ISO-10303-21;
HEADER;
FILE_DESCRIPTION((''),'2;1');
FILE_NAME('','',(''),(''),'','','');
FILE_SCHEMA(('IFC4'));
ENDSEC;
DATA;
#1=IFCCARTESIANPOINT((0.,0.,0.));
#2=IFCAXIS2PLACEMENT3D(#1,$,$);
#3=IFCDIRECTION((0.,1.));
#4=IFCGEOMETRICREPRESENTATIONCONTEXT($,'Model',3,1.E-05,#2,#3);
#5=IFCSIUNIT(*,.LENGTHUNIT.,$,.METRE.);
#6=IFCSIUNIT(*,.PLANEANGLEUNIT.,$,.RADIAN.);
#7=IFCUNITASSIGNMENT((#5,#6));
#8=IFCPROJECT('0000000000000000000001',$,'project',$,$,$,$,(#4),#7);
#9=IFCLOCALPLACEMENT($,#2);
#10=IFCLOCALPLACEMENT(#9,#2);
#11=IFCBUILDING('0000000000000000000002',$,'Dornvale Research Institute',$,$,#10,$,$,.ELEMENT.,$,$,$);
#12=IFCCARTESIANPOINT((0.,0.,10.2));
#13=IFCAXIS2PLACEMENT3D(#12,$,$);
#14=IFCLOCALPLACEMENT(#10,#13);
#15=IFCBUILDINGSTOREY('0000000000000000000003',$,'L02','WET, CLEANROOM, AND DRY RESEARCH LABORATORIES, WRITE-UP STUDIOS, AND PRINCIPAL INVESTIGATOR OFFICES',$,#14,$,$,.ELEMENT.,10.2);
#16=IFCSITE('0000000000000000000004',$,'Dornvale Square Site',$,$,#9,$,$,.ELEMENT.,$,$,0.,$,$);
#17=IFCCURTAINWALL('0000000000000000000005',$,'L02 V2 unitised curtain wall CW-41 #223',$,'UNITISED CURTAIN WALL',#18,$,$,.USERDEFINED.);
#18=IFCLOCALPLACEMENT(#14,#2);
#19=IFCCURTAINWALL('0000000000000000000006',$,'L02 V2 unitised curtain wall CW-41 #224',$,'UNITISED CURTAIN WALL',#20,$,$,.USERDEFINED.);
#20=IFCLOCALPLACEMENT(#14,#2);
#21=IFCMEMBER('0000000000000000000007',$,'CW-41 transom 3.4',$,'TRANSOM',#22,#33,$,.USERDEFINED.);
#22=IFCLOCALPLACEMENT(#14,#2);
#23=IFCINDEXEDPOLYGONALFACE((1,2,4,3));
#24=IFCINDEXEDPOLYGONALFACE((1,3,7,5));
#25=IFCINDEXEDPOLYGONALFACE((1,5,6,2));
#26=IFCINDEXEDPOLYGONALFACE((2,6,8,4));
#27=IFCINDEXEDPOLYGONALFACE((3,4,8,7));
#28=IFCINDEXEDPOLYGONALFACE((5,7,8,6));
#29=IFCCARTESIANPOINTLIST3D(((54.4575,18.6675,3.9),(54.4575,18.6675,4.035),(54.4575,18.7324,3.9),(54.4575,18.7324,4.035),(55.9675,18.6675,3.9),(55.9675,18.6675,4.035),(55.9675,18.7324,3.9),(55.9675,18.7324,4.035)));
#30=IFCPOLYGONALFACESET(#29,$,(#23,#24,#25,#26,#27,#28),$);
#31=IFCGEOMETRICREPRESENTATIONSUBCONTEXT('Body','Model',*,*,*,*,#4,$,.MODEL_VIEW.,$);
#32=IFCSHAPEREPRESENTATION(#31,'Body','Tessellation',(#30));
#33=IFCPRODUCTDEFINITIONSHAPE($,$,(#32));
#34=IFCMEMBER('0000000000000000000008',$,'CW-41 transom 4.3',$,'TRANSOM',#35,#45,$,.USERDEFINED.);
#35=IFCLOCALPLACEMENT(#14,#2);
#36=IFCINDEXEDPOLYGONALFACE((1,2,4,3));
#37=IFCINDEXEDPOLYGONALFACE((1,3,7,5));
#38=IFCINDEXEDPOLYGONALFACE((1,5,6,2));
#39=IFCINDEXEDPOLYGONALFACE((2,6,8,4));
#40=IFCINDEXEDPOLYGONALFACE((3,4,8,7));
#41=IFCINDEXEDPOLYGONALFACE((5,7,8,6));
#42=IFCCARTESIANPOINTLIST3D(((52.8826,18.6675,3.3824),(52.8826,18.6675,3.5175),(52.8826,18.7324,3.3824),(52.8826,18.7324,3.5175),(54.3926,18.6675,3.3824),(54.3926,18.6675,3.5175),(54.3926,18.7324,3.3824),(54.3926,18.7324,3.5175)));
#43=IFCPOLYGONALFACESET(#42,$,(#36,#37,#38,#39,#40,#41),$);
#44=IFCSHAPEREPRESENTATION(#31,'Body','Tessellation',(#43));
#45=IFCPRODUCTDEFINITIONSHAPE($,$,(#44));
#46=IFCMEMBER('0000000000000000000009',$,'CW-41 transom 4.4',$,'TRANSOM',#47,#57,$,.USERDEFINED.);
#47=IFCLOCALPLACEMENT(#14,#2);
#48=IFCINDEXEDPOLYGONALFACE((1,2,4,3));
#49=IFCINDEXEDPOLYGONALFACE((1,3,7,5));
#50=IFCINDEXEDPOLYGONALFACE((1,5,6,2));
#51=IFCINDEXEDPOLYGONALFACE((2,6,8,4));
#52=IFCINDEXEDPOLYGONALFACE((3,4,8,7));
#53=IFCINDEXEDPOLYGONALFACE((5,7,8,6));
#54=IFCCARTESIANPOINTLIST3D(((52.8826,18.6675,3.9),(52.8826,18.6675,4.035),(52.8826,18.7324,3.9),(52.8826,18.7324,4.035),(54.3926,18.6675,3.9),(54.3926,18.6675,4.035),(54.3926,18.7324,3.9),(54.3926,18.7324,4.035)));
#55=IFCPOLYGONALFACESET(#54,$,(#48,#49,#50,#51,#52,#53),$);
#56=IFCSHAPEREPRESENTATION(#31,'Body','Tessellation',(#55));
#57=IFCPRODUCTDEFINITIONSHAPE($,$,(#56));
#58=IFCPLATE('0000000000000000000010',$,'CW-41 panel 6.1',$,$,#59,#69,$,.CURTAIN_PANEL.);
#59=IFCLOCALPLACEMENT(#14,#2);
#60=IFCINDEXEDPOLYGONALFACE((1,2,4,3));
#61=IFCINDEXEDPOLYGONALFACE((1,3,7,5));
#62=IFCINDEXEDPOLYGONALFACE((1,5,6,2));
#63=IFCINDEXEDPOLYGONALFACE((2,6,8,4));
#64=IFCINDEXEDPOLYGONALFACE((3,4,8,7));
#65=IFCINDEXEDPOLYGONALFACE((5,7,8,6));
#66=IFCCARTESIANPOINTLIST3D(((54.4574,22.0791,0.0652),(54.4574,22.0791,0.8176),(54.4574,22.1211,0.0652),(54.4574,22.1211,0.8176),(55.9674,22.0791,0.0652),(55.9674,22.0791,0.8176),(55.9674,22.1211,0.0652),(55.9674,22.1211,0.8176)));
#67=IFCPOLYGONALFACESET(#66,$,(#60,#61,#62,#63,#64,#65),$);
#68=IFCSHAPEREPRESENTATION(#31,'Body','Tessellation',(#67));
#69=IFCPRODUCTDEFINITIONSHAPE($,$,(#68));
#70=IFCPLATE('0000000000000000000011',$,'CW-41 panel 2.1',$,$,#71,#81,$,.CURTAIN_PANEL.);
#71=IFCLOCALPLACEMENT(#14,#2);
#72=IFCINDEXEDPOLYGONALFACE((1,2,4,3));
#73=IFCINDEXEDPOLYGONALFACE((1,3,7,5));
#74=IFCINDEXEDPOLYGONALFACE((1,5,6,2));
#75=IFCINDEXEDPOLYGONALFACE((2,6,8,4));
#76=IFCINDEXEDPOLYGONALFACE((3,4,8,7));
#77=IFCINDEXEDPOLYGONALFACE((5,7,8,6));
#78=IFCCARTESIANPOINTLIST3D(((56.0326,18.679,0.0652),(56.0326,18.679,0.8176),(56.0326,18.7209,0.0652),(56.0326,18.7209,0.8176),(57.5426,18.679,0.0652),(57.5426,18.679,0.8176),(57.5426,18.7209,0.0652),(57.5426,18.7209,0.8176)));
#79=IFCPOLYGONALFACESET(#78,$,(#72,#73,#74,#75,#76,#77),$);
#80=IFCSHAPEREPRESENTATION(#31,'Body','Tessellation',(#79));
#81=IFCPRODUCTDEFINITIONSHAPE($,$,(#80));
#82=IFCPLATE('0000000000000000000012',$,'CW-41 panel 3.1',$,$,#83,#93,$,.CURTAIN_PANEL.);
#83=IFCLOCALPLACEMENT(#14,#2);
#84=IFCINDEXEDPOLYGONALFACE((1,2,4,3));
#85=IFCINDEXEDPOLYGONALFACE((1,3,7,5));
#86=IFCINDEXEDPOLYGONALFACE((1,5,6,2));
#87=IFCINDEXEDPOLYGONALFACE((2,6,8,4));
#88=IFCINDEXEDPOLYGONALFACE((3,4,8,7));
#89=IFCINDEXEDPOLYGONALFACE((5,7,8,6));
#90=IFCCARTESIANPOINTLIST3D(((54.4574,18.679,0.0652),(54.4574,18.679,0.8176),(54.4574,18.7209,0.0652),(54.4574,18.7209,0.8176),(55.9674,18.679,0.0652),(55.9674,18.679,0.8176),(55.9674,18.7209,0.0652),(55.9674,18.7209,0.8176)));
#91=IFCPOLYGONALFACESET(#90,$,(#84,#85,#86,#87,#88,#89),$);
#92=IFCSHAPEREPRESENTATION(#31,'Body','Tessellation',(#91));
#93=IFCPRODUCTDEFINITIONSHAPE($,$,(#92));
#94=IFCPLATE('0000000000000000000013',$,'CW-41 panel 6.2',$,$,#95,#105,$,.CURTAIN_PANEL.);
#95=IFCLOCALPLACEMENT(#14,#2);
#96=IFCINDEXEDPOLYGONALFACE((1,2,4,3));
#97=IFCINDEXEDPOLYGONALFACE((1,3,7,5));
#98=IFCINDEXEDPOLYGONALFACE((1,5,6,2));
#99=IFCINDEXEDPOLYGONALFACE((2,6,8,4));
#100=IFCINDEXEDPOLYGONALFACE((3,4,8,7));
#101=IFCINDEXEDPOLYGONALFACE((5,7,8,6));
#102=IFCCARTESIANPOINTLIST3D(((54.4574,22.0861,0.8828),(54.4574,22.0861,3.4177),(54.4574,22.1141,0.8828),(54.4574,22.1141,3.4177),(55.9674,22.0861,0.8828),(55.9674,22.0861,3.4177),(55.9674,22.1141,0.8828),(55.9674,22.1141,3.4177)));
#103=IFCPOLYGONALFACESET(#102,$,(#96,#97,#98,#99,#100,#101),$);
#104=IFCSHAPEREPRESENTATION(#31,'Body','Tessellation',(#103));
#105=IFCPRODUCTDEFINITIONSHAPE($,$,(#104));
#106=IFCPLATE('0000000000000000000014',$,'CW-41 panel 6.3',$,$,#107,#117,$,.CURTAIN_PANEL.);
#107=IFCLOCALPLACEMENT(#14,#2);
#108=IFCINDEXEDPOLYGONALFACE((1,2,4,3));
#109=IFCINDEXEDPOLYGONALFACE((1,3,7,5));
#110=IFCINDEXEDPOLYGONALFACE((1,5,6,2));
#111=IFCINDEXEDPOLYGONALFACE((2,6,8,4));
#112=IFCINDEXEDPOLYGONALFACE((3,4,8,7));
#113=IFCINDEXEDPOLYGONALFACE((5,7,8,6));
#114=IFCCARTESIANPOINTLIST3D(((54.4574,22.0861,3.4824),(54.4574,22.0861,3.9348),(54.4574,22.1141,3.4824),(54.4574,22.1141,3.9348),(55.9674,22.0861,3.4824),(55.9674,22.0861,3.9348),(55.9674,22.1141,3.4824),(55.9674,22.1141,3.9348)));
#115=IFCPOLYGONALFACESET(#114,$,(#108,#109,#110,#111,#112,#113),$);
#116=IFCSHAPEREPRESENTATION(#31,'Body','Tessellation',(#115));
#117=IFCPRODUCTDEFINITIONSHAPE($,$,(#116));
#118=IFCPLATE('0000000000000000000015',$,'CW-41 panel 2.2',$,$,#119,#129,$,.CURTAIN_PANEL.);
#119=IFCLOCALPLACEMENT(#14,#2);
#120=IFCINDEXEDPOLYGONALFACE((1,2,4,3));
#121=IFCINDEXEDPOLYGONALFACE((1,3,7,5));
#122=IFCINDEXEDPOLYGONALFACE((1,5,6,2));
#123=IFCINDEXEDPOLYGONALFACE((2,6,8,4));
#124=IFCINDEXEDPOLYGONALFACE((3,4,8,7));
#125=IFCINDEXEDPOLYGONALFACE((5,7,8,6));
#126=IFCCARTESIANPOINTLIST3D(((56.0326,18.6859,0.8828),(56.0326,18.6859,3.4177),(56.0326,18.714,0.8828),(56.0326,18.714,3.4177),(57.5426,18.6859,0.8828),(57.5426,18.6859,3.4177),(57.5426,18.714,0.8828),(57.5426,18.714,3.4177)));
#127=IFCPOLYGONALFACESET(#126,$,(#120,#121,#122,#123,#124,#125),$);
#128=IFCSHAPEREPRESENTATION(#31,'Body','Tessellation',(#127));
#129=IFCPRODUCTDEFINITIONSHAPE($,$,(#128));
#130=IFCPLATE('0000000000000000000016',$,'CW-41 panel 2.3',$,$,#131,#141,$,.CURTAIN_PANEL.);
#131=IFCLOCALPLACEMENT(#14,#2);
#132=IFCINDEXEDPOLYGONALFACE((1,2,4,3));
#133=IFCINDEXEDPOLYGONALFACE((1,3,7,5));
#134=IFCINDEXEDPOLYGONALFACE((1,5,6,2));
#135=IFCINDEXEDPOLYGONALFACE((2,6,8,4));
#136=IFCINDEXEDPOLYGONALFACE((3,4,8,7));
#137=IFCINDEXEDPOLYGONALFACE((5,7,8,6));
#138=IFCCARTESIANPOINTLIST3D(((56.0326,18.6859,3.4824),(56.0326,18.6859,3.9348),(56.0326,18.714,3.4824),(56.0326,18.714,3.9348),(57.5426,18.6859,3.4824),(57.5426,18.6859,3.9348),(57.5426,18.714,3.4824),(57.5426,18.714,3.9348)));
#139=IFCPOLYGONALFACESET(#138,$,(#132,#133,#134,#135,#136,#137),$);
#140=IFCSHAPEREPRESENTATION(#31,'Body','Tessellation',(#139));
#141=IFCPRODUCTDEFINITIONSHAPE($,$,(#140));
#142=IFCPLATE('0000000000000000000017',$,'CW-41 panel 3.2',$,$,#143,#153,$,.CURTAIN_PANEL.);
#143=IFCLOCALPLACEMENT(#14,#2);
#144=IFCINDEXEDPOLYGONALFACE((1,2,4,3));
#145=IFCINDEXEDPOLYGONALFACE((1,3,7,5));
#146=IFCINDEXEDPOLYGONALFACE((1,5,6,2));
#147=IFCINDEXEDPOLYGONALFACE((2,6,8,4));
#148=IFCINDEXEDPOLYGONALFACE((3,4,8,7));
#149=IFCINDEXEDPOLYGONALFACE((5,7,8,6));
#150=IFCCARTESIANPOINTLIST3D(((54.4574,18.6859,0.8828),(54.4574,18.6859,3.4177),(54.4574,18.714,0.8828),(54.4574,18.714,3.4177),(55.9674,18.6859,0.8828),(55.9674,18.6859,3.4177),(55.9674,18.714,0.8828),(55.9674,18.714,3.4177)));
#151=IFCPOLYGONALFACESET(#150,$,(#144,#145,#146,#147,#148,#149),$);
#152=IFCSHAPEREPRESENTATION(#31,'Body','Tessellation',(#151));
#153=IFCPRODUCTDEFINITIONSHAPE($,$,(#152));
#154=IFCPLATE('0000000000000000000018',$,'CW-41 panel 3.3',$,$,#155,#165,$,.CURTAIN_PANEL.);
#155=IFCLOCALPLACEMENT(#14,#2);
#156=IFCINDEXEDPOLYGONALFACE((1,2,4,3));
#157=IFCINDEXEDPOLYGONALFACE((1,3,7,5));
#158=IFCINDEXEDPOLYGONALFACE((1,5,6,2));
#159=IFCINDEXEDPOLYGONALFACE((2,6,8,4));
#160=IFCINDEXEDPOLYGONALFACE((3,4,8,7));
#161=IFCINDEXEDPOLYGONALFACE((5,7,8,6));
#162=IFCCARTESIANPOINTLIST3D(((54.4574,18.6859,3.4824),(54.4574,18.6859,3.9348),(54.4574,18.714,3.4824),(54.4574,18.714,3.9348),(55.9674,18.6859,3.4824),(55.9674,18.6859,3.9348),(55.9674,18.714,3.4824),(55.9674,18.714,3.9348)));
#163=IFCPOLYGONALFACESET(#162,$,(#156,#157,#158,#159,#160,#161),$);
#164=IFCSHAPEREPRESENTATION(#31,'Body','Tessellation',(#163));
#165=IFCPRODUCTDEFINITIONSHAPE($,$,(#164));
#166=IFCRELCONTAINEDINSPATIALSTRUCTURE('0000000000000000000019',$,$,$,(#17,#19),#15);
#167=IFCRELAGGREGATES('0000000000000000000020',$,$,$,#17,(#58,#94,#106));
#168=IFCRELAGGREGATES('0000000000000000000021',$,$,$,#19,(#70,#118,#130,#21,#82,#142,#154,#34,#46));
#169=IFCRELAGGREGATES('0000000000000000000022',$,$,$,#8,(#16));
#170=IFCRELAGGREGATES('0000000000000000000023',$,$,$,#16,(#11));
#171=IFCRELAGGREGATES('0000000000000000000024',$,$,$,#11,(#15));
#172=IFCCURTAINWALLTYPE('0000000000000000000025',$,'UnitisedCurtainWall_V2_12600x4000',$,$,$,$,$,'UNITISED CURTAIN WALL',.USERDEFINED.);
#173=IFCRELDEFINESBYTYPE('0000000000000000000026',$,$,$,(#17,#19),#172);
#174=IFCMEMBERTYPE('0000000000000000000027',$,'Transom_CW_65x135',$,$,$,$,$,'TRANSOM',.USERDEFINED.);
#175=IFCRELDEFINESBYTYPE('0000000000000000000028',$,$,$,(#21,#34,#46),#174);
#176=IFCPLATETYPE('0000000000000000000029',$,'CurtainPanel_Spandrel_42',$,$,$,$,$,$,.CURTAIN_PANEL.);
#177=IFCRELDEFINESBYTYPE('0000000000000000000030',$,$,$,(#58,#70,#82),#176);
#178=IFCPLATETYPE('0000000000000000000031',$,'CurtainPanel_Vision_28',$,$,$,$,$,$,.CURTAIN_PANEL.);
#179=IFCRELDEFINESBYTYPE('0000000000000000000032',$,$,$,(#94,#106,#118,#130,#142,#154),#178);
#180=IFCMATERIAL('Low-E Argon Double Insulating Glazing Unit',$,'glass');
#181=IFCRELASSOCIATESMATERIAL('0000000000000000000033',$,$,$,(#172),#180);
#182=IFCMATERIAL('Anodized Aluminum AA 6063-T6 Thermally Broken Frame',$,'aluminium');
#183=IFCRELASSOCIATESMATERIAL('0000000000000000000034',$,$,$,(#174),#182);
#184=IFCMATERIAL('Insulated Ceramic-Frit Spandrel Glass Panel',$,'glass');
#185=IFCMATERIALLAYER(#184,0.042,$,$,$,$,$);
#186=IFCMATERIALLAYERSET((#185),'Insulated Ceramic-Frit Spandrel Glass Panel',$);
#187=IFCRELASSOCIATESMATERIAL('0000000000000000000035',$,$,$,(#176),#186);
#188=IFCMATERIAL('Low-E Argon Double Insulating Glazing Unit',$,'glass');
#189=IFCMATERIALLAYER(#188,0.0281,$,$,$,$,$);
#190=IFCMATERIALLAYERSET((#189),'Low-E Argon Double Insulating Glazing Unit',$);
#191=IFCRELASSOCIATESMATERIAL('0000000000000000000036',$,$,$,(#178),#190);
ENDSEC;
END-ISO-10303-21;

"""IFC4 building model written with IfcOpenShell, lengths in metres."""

from ifc_helpers import new_model, si_unit, direction, frame, origin, origin_2d, place, context, subcontext, project, spatial, rectangle, extrude, material, layer, layer_set, material_profile, profile_set, type_object, element, aggregate, save


model = new_model("IFC4")

# Units and contexts
model_context = context("Model", 3, precision=1e-05, world=origin(), true_north=direction((0.0, 1.0)))
body_context = subcontext(model_context, "Body", "Model", "MODEL_VIEW")
ifc_project = project(units=[si_unit("LENGTHUNIT", "METRE"), si_unit("PLANEANGLEUNIT", "RADIAN")], contexts=[model_context])

# Site, building, storey
site_placement = place(None, origin())
site = spatial("IfcSite", under=ifc_project, at=site_placement, Name="Dornvale Square Site", CompositionType="ELEMENT", RefElevation=0.0)
building_placement = place(site_placement, origin())
building = spatial("IfcBuilding", under=site, at=building_placement, Name="Dornvale Research Institute", CompositionType="ELEMENT")
storey_placement = place(building_placement, frame((0.0, 0.0, 10.2)))
storey = spatial("IfcBuildingStorey", under=building, at=storey_placement, Name="L02", Description="WET, CLEANROOM, AND DRY RESEARCH LABORATORIES, WRITE-UP STUDIOS, AND PRINCIPAL INVESTIGATOR OFFICES", CompositionType="ELEMENT", Elevation=10.2)

# Curtain walls
ifc_material_1 = material(Name="Low-E Argon Double Insulating Glazing Unit", Category="glass")
curtain_wall_type = type_object("IfcCurtainWallType", Name="UnitisedCurtainWall_V2_12600x4000", ElementType="UNITISED CURTAIN WALL", PredefinedType="USERDEFINED", material=ifc_material_1)
curtain_wall_1_placement = place(storey_placement, origin())
curtain_wall_1 = element("IfcCurtainWall", 1, at=curtain_wall_1_placement, inside=storey, type_object=curtain_wall_type, Name="L02 V2 unitised curtain wall CW-41 #223", ObjectType="UNITISED CURTAIN WALL", PredefinedType="USERDEFINED")
curtain_wall_2_placement = place(storey_placement, origin())
curtain_wall_2 = element("IfcCurtainWall", 2, at=curtain_wall_2_placement, inside=storey, type_object=curtain_wall_type, Name="L02 V2 unitised curtain wall CW-41 #224", ObjectType="UNITISED CURTAIN WALL", PredefinedType="USERDEFINED")

# Members
ifc_material_2 = material(Name="Anodized Aluminum AA 6063-T6 Thermally Broken Frame", Category="aluminium")
ifc_material_profile_1 = material_profile(ifc_material_2, rectangle(XDim=0.0649, YDim=0.135, at=origin_2d()), Name="ALU TRANSOM 65x135")
ifc_profile_set_1 = profile_set([ifc_material_profile_1], Name="Anodized Aluminum AA 6063-T6 Thermally Broken Frame")
member_type_1 = type_object("IfcMemberType", Name="Transom_CW_65x135", ElementType="TRANSOM", PredefinedType="USERDEFINED", material=ifc_profile_set_1)
member_1_placement = place(storey_placement, frame((55.9675, 18.7, 3.9675), z_axis=(-1.0, 0.0, 0.0), x_axis=(0.0, -1.0, 0.0)))
member_1 = element("IfcMember", 3, at=member_1_placement, type_object=member_type_1, Name="CW-41 transom 3.4", ObjectType="TRANSOM", PredefinedType="USERDEFINED", context=body_context, shape_type="SweptSolid", body=[
    extrude(rectangle(XDim=0.0649, YDim=0.135, at=origin_2d()), origin(), (0.0, 0.0, 1.0), 1.51),
])
member_2_placement = place(storey_placement, frame((54.3926, 18.7, 3.45), z_axis=(-1.0, 0.0, 0.0), x_axis=(0.0, -1.0, 0.0)))
member_2 = element("IfcMember", 4, at=member_2_placement, type_object=member_type_1, Name="CW-41 transom 4.3", ObjectType="TRANSOM", PredefinedType="USERDEFINED", context=body_context, shape_type="SweptSolid", body=[
    extrude(rectangle(XDim=0.0649, YDim=0.135, at=origin_2d()), origin(), (0.0, 0.0, 1.0), 1.51),
])
member_3_placement = place(storey_placement, frame((54.3926, 18.7, 3.9675), z_axis=(-1.0, 0.0, 0.0), x_axis=(0.0, -1.0, 0.0)))
member_3 = element("IfcMember", 5, at=member_3_placement, type_object=member_type_1, Name="CW-41 transom 4.4", ObjectType="TRANSOM", PredefinedType="USERDEFINED", context=body_context, shape_type="SweptSolid", body=[
    extrude(rectangle(XDim=0.0649, YDim=0.135, at=origin_2d()), origin(), (0.0, 0.0, 1.0), 1.51),
])

# Plates
ifc_material_3 = material(Name="Insulated Ceramic-Frit Spandrel Glass Panel", Category="glass")
ifc_layer_1 = layer(ifc_material_3, 0.042)
ifc_layer_set_1 = layer_set([ifc_layer_1], Name="Insulated Ceramic-Frit Spandrel Glass Panel")
plate_type_1 = type_object("IfcPlateType", Name="CurtainPanel_Spandrel_42", PredefinedType="CURTAIN_PANEL", material=ifc_layer_set_1)
plate_1_placement = place(storey_placement, frame((55.2124, 22.1001, 0.0652), z_axis=(0.0, 0.0, 1.0), x_axis=(1.0, 0.0, 0.0)))
plate_1 = element("IfcPlate", 6, at=plate_1_placement, type_object=plate_type_1, Name="CW-41 panel 6.1", PredefinedType="CURTAIN_PANEL", context=body_context, shape_type="SweptSolid", body=[
    extrude(rectangle(XDim=1.51, YDim=0.042, at=origin_2d()), origin(), (0.0, 0.0, 1.0), 0.7524),
])
plate_2_placement = place(storey_placement, frame((56.7876, 18.7, 0.0652), z_axis=(0.0, 0.0, 1.0), x_axis=(-1.0, 0.0, 0.0)))
plate_2 = element("IfcPlate", 7, at=plate_2_placement, type_object=plate_type_1, Name="CW-41 panel 2.1", PredefinedType="CURTAIN_PANEL", context=body_context, shape_type="SweptSolid", body=[
    extrude(rectangle(XDim=1.51, YDim=0.042, at=origin_2d()), origin(), (0.0, 0.0, 1.0), 0.7524),
])
plate_3_placement = place(storey_placement, frame((55.2124, 18.7, 0.0652), z_axis=(0.0, 0.0, 1.0), x_axis=(-1.0, 0.0, 0.0)))
plate_3 = element("IfcPlate", 8, at=plate_3_placement, type_object=plate_type_1, Name="CW-41 panel 3.1", PredefinedType="CURTAIN_PANEL", context=body_context, shape_type="SweptSolid", body=[
    extrude(rectangle(XDim=1.51, YDim=0.042, at=origin_2d()), origin(), (0.0, 0.0, 1.0), 0.7524),
])
ifc_material_4 = material(Name="Low-E Argon Double Insulating Glazing Unit", Category="glass")
ifc_layer_2 = layer(ifc_material_4, 0.0281)
ifc_layer_set_2 = layer_set([ifc_layer_2], Name="Low-E Argon Double Insulating Glazing Unit")
plate_type_2 = type_object("IfcPlateType", Name="CurtainPanel_Vision_28", PredefinedType="CURTAIN_PANEL", material=ifc_layer_set_2)
plate_4_placement = place(storey_placement, frame((55.2124, 22.1001, 0.8828), z_axis=(0.0, 0.0, 1.0), x_axis=(1.0, 0.0, 0.0)))
plate_4 = element("IfcPlate", 9, at=plate_4_placement, type_object=plate_type_2, Name="CW-41 panel 6.2", PredefinedType="CURTAIN_PANEL", context=body_context, shape_type="SweptSolid", body=[
    extrude(rectangle(XDim=1.51, YDim=0.0281, at=origin_2d()), origin(), (0.0, 0.0, 1.0), 2.5349),
])
plate_5_placement = place(storey_placement, frame((55.2124, 22.1001, 3.4824), z_axis=(0.0, 0.0, 1.0), x_axis=(1.0, 0.0, 0.0)))
plate_5 = element("IfcPlate", 10, at=plate_5_placement, type_object=plate_type_2, Name="CW-41 panel 6.3", PredefinedType="CURTAIN_PANEL", context=body_context, shape_type="SweptSolid", body=[
    extrude(rectangle(XDim=1.51, YDim=0.0281, at=origin_2d()), origin(), (0.0, 0.0, 1.0), 0.4524),
])
aggregate(curtain_wall_1, [plate_1, plate_4, plate_5])
plate_6_placement = place(storey_placement, frame((56.7876, 18.7, 0.8828), z_axis=(0.0, 0.0, 1.0), x_axis=(-1.0, 0.0, 0.0)))
plate_6 = element("IfcPlate", 11, at=plate_6_placement, type_object=plate_type_2, Name="CW-41 panel 2.2", PredefinedType="CURTAIN_PANEL", context=body_context, shape_type="SweptSolid", body=[
    extrude(rectangle(XDim=1.51, YDim=0.0281, at=origin_2d()), origin(), (0.0, 0.0, 1.0), 2.5349),
])
plate_7_placement = place(storey_placement, frame((56.7876, 18.7, 3.4824), z_axis=(0.0, 0.0, 1.0), x_axis=(-1.0, 0.0, 0.0)))
plate_7 = element("IfcPlate", 12, at=plate_7_placement, type_object=plate_type_2, Name="CW-41 panel 2.3", PredefinedType="CURTAIN_PANEL", context=body_context, shape_type="SweptSolid", body=[
    extrude(rectangle(XDim=1.51, YDim=0.0281, at=origin_2d()), origin(), (0.0, 0.0, 1.0), 0.4524),
])
plate_8_placement = place(storey_placement, frame((55.2124, 18.7, 0.8828), z_axis=(0.0, 0.0, 1.0), x_axis=(-1.0, 0.0, 0.0)))
plate_8 = element("IfcPlate", 13, at=plate_8_placement, type_object=plate_type_2, Name="CW-41 panel 3.2", PredefinedType="CURTAIN_PANEL", context=body_context, shape_type="SweptSolid", body=[
    extrude(rectangle(XDim=1.51, YDim=0.0281, at=origin_2d()), origin(), (0.0, 0.0, 1.0), 2.5349),
])
plate_9_placement = place(storey_placement, frame((55.2124, 18.7, 3.4824), z_axis=(0.0, 0.0, 1.0), x_axis=(-1.0, 0.0, 0.0)))
plate_9 = element("IfcPlate", 14, at=plate_9_placement, type_object=plate_type_2, Name="CW-41 panel 3.3", PredefinedType="CURTAIN_PANEL", context=body_context, shape_type="SweptSolid", body=[
    extrude(rectangle(XDim=1.51, YDim=0.0281, at=origin_2d()), origin(), (0.0, 0.0, 1.0), 0.4524),
])
aggregate(curtain_wall_2, [plate_2, plate_6, plate_7, member_1, plate_3, plate_8, plate_9, member_2, member_3])

save(model, "model.ifc")
